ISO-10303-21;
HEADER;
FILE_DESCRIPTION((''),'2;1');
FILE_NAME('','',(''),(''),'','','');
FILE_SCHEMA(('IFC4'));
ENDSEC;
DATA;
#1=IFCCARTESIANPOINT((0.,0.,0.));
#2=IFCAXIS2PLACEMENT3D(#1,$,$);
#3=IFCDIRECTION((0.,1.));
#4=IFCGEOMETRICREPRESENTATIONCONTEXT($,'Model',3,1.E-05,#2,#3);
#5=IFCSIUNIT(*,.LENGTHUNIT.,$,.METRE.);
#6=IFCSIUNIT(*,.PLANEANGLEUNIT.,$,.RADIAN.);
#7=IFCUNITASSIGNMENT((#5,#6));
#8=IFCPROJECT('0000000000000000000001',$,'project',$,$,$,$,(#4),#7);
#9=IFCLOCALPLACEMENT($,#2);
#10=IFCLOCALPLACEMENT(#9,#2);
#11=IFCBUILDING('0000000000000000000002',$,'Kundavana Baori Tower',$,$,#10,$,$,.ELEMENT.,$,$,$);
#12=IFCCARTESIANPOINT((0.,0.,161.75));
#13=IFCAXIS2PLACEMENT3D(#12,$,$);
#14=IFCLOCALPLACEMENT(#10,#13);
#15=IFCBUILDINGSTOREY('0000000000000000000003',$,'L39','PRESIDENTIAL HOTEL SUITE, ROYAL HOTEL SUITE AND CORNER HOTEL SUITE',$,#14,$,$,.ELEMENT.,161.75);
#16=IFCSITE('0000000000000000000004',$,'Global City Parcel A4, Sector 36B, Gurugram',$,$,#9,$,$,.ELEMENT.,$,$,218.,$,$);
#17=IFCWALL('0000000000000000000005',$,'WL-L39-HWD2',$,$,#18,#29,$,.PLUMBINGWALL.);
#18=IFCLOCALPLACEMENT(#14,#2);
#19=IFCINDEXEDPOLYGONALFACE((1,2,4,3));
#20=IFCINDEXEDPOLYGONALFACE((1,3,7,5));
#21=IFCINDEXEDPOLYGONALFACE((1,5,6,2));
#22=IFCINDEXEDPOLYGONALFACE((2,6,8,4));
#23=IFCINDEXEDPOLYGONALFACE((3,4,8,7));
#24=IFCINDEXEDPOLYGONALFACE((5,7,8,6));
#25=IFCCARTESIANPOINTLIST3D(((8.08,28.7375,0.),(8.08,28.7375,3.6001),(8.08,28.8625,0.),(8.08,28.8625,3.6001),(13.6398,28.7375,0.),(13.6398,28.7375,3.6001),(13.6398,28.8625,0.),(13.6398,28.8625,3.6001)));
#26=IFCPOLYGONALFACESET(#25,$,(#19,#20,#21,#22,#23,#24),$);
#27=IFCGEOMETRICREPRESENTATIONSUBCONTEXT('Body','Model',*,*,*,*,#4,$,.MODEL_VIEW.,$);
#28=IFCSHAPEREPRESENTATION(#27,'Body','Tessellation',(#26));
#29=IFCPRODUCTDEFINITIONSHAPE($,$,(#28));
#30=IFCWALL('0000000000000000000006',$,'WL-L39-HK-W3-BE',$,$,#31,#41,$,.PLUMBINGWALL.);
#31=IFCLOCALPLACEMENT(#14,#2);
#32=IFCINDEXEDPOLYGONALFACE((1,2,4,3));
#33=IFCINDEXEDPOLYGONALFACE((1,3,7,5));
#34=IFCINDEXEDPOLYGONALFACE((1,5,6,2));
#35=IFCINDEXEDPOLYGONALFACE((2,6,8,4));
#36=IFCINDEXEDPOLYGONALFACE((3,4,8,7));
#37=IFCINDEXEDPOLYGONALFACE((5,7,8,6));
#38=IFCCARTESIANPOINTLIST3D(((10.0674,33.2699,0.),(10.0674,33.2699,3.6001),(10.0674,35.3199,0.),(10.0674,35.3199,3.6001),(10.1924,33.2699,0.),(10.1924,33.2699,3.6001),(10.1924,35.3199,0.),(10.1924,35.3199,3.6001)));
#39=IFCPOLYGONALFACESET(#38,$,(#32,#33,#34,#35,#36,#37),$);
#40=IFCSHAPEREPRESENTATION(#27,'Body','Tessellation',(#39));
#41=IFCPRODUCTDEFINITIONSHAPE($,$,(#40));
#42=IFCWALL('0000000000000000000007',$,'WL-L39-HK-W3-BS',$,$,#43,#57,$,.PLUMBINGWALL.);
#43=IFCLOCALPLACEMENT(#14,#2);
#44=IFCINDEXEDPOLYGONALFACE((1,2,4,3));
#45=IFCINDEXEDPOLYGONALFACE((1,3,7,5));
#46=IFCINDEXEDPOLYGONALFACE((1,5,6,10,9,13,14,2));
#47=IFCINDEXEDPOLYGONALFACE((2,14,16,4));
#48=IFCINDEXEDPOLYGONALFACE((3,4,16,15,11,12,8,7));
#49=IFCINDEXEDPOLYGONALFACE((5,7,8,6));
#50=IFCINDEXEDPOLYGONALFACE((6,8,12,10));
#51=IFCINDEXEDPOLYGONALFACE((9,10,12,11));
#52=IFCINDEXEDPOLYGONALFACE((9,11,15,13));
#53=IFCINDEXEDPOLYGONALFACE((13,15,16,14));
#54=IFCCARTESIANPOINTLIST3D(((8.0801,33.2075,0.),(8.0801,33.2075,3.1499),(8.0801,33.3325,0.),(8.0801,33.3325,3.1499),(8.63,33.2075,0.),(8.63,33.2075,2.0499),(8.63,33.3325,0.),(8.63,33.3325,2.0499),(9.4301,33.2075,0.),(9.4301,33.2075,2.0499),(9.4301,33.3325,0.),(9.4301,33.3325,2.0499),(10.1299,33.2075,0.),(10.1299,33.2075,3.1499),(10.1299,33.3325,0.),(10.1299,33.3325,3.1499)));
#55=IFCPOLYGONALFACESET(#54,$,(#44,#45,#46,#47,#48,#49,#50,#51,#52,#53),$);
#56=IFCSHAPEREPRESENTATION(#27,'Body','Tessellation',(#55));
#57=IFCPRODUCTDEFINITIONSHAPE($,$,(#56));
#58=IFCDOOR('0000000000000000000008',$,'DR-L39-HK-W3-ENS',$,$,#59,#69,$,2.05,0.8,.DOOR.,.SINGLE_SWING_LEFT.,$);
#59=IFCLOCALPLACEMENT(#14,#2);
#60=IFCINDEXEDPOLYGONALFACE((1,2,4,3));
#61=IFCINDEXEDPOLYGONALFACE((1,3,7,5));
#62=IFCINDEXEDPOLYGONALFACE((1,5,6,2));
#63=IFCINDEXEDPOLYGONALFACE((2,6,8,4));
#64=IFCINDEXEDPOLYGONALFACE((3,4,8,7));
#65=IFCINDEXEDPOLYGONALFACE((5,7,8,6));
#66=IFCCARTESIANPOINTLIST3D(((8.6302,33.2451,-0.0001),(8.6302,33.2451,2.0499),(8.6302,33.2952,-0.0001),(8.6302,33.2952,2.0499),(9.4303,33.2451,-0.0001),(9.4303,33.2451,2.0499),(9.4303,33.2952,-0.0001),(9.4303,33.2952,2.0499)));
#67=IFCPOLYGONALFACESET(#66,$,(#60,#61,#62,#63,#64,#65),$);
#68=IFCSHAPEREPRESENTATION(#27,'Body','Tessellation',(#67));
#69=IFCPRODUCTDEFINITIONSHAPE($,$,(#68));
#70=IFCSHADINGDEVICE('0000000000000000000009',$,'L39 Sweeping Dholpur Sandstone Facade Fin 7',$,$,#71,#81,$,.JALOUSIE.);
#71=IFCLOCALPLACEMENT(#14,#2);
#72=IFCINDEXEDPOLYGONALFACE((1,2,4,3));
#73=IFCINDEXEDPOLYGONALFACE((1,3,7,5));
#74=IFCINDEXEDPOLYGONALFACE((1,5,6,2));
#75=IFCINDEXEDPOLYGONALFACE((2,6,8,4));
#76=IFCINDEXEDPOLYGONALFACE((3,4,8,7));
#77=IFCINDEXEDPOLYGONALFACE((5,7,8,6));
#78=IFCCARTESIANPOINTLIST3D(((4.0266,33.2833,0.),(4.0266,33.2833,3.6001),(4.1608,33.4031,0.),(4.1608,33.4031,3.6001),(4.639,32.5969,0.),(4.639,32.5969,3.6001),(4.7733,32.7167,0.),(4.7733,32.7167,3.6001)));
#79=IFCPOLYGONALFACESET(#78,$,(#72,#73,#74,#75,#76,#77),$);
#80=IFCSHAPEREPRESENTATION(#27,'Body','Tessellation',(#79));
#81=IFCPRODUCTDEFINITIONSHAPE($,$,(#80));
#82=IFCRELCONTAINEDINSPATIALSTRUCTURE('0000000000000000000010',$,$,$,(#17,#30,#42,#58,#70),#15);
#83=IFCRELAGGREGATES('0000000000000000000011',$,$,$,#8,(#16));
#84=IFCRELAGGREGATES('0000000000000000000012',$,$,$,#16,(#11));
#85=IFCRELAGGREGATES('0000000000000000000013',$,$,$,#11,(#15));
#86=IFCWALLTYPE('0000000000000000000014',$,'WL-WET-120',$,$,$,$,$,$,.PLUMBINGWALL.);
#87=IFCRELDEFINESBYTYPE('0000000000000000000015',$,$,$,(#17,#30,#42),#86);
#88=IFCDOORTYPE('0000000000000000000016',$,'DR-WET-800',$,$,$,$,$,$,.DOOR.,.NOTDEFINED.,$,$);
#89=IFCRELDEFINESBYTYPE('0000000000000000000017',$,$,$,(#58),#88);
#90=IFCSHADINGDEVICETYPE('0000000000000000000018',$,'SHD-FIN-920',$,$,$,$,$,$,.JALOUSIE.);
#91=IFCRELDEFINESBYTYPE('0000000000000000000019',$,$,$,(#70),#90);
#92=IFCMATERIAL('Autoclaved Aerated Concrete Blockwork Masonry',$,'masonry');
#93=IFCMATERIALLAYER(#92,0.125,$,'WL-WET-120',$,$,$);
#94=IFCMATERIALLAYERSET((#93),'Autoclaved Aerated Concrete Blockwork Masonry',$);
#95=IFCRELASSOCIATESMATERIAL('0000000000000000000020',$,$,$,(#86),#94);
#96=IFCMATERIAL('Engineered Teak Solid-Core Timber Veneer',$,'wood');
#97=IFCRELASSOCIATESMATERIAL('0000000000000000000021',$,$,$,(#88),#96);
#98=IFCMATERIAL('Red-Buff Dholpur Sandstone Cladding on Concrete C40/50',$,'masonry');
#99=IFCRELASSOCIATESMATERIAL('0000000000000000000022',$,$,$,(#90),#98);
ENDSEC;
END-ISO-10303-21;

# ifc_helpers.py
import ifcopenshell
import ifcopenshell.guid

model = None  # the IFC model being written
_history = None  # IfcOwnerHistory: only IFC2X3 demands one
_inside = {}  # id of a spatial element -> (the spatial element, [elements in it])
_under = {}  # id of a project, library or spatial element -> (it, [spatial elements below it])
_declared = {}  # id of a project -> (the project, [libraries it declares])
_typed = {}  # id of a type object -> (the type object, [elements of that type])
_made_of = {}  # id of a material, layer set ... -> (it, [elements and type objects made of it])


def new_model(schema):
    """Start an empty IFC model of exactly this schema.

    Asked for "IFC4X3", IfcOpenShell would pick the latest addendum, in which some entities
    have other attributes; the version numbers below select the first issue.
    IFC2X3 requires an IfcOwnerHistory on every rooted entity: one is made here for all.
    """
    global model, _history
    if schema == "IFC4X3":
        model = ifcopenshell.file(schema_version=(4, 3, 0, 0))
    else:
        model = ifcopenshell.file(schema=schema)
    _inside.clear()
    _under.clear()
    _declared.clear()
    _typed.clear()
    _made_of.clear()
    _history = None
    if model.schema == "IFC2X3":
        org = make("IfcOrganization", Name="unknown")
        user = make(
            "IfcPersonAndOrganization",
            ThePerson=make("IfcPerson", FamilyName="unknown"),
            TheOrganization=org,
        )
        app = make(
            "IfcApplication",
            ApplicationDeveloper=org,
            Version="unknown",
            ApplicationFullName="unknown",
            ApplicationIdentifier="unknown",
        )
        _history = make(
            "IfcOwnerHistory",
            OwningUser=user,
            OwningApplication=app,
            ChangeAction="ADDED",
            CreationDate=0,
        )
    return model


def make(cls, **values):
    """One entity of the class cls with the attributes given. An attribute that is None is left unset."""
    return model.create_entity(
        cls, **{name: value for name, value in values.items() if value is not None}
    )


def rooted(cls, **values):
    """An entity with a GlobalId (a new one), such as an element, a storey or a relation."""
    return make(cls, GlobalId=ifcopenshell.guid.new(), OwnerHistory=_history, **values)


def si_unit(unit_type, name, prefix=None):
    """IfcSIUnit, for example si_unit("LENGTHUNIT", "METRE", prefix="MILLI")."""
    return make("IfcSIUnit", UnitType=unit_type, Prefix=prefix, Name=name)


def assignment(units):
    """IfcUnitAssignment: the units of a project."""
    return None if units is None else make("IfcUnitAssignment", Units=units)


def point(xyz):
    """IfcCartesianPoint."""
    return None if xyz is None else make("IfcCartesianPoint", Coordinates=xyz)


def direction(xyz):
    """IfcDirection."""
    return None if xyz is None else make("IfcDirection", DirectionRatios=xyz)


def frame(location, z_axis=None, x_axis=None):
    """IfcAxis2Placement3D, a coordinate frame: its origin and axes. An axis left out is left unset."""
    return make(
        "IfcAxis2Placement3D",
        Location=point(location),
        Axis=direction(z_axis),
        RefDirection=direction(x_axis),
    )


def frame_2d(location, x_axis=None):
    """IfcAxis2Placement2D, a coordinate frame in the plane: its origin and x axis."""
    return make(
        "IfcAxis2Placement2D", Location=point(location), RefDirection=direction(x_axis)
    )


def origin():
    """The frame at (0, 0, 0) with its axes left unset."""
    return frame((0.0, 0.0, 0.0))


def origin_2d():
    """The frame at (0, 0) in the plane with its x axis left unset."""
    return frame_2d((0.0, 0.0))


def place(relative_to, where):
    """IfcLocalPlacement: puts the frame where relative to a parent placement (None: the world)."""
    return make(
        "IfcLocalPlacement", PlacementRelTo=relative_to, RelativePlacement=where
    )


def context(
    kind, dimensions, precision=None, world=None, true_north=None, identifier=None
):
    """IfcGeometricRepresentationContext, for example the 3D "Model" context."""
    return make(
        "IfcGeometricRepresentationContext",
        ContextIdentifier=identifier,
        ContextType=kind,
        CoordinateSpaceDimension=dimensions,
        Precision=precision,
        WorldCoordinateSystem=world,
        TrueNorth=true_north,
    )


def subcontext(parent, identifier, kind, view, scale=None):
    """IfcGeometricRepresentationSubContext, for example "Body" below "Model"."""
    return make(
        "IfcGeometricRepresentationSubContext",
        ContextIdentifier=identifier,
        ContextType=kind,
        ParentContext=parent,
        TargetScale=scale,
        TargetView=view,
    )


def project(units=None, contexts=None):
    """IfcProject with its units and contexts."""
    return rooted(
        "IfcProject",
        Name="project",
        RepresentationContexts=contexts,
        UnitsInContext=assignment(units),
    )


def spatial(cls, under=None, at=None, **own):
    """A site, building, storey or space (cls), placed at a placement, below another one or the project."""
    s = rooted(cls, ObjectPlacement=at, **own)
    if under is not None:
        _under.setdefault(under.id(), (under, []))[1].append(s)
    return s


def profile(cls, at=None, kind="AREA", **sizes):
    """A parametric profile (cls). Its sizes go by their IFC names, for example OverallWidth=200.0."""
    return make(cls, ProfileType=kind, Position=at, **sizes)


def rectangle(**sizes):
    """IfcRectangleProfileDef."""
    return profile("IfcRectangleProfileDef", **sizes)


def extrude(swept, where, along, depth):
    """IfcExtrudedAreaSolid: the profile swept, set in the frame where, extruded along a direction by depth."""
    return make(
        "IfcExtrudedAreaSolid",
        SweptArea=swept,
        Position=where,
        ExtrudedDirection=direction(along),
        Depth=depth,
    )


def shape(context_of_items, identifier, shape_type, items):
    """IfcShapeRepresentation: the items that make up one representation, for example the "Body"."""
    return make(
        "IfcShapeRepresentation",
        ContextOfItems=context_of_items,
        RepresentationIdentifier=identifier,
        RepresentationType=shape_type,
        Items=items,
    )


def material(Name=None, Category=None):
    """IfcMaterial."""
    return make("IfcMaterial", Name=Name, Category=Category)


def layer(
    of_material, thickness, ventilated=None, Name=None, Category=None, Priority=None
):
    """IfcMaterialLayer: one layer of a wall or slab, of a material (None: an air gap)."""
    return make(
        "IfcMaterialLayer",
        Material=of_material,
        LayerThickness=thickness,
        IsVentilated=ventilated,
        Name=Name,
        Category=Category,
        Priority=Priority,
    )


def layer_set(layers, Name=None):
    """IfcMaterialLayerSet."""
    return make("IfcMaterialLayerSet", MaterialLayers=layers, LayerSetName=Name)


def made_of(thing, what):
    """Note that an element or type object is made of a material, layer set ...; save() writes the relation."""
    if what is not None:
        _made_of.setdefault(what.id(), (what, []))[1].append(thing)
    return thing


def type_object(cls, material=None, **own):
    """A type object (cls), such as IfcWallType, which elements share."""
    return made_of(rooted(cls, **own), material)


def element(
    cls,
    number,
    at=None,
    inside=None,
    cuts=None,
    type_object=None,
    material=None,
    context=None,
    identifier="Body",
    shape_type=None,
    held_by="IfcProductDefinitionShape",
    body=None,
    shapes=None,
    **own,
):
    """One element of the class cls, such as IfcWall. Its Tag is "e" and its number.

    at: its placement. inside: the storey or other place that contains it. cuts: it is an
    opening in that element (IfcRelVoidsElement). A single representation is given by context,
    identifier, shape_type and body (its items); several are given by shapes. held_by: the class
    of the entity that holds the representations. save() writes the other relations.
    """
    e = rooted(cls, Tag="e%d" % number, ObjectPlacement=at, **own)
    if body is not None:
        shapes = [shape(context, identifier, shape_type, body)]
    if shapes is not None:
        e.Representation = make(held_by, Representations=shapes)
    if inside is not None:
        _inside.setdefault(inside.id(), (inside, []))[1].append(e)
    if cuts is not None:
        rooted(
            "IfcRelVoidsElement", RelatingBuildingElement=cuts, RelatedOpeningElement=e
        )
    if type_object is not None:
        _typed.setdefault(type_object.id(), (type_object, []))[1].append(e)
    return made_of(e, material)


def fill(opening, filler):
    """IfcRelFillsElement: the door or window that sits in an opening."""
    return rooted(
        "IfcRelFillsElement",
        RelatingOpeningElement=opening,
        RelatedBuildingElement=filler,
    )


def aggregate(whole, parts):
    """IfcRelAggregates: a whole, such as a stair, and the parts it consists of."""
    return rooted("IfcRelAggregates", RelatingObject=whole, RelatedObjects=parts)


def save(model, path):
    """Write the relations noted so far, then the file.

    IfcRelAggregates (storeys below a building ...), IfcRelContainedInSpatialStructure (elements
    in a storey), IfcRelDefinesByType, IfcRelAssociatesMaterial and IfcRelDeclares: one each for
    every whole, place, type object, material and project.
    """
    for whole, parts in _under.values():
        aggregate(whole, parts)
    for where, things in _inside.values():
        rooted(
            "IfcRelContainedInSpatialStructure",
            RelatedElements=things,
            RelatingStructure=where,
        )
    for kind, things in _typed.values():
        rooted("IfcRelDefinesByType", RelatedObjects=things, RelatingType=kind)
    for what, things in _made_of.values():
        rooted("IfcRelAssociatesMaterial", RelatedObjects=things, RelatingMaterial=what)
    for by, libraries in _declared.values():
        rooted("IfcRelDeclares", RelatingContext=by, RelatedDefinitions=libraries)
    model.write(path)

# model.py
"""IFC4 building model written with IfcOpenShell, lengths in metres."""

from ifc_helpers import new_model, si_unit, direction, frame, frame_2d, origin, origin_2d, place, context, subcontext, project, spatial, rectangle, extrude, material, layer, layer_set, type_object, element, fill, save


model = new_model("IFC4")

# Units and contexts
model_context = context("Model", 3, precision=1e-05, world=origin(), true_north=direction((0.0, 1.0)))
body_context = subcontext(model_context, "Body", "Model", "MODEL_VIEW")
ifc_project = project(units=[si_unit("LENGTHUNIT", "METRE"), si_unit("PLANEANGLEUNIT", "RADIAN")], contexts=[model_context])

# Site, building, storey
site_placement = place(None, origin())
site = spatial("IfcSite", under=ifc_project, at=site_placement, Name="Global City Parcel A4, Sector 36B, Gurugram", CompositionType="ELEMENT", RefElevation=218.0)
building_placement = place(site_placement, origin())
building = spatial("IfcBuilding", under=site, at=building_placement, Name="Kundavana Baori Tower", CompositionType="ELEMENT")
storey_placement = place(building_placement, frame((0.0, 0.0, 161.75)))
storey = spatial("IfcBuildingStorey", under=building, at=storey_placement, Name="L39", Description="PRESIDENTIAL HOTEL SUITE, ROYAL HOTEL SUITE AND CORNER HOTEL SUITE", CompositionType="ELEMENT", Elevation=161.75)

# Shared definitions
ifc_material_1 = material(Name="Autoclaved Aerated Concrete Blockwork Masonry", Category="masonry")
ifc_layer_1 = layer(ifc_material_1, 0.125, Name="WL-WET-120")
ifc_layer_set_1 = layer_set([ifc_layer_1], Name="Autoclaved Aerated Concrete Blockwork Masonry")
wall_type_1 = type_object("IfcWallType", Name="WL-WET-120", PredefinedType="PLUMBINGWALL", material=ifc_layer_set_1)

# Shared definitions
ifc_material_2 = material(Name="Engineered Teak Solid-Core Timber Veneer", Category="wood")
door_type_1 = type_object("IfcDoorType", Name="DR-WET-800", OperationType="NOTDEFINED", PredefinedType="DOOR", material=ifc_material_2)

# Walls
wall_1_placement = place(storey_placement, frame((8.0801, 28.8, 0.0), z_axis=(0.0, 0.0, 1.0), x_axis=(1.0, 0.0, 0.0)))
element("IfcWall", 1, at=wall_1_placement, inside=storey, type_object=wall_type_1, Name="WL-L39-HWD2", PredefinedType="PLUMBINGWALL", context=body_context, shape_type="SweptSolid", body=[
    extrude(rectangle(XDim=5.5598, YDim=0.125, at=frame_2d((2.7798, 0.0))), origin(), (0.0, 0.0, 1.0), 3.6001),
])
wall_2_placement = place(storey_placement, frame((10.1299, 33.27, 0.0), z_axis=(0.0, 0.0, 1.0), x_axis=(0.0, 1.0, 0.0)))
element("IfcWall", 2, at=wall_2_placement, inside=storey, type_object=wall_type_1, Name="WL-L39-HK-W3-BE", PredefinedType="PLUMBINGWALL", context=body_context, shape_type="SweptSolid", body=[
    extrude(rectangle(XDim=2.05, YDim=0.125, at=frame_2d((1.0249, 0.0))), origin(), (0.0, 0.0, 1.0), 3.6001),
])

# Wall, opening, door
wall_3_placement = place(storey_placement, frame((8.0801, 33.27, 0.0), z_axis=(0.0, 0.0, 1.0), x_axis=(1.0, 0.0, 0.0)))
wall_3 = element("IfcWall", 3, at=wall_3_placement, inside=storey, type_object=wall_type_1, Name="WL-L39-HK-W3-BS", PredefinedType="PLUMBINGWALL", context=body_context, shape_type="SweptSolid", body=[
    extrude(rectangle(XDim=2.0498, YDim=0.125, at=frame_2d((1.0249, 0.0))), origin(), (0.0, 0.0, 1.0), 3.1499),
])
opening_1_placement = place(wall_3_placement, frame((0.55, 0.0, 0.0)))
opening_1 = element("IfcOpeningElement", 4, at=opening_1_placement, cuts=wall_3, PredefinedType="OPENING", context=body_context, shape_type="SweptSolid", body=[
    extrude(rectangle(XDim=0.8, YDim=2.05, at=frame_2d((0.3999, 1.0249))), frame((0.0, 0.0725, 0.0), z_axis=(0.0, -1.0, 0.0), x_axis=(1.0, 0.0, 0.0)), (0.0, 0.0, 1.0), 0.145),
])
door_1_placement = place(opening_1_placement, frame((0.8, 0.0, 0.0), z_axis=(0.0, 0.0, 1.0), x_axis=(-1.0, 0.0, 0.0)))
door_1 = element("IfcDoor", 5, at=door_1_placement, inside=storey, type_object=door_type_1, Name="DR-L39-HK-W3-ENS", OperationType="SINGLE_SWING_LEFT", OverallHeight=2.05, OverallWidth=0.8, PredefinedType="DOOR", context=body_context, shape_type="SweptSolid", body=[
    extrude(rectangle(XDim=0.8, YDim=2.05, at=frame_2d((0.3999, 1.0249))), frame((0.0, 0.0249, 0.0), z_axis=(0.0, -1.0, 0.0), x_axis=(1.0, 0.0, 0.0)), (0.0, 0.0, 1.0), 0.05),
])
fill(opening_1, door_1)

# Shading device
ifc_material_3 = material(Name="Red-Buff Dholpur Sandstone Cladding on Concrete C40/50", Category="masonry")
shading_device_type = type_object("IfcShadingDeviceType", Name="SHD-FIN-920", PredefinedType="JALOUSIE", material=ifc_material_3)
shading_device_placement = place(storey_placement, frame((4.3999, 33.0, 0.0), z_axis=(0.0, 0.0, 1.0), x_axis=(0.746174, 0.665751, 0.0)))
element("IfcShadingDevice", 6, at=shading_device_placement, inside=storey, type_object=shading_device_type, Name="L39 Sweeping Dholpur Sandstone Facade Fin 7", PredefinedType="JALOUSIE", context=body_context, shape_type="SweptSolid", body=[
    extrude(rectangle(XDim=0.1799, YDim=0.9199, at=origin_2d()), origin(), (0.0, 0.0, 1.0), 3.6001),
])

save(model, "model.ifc")
